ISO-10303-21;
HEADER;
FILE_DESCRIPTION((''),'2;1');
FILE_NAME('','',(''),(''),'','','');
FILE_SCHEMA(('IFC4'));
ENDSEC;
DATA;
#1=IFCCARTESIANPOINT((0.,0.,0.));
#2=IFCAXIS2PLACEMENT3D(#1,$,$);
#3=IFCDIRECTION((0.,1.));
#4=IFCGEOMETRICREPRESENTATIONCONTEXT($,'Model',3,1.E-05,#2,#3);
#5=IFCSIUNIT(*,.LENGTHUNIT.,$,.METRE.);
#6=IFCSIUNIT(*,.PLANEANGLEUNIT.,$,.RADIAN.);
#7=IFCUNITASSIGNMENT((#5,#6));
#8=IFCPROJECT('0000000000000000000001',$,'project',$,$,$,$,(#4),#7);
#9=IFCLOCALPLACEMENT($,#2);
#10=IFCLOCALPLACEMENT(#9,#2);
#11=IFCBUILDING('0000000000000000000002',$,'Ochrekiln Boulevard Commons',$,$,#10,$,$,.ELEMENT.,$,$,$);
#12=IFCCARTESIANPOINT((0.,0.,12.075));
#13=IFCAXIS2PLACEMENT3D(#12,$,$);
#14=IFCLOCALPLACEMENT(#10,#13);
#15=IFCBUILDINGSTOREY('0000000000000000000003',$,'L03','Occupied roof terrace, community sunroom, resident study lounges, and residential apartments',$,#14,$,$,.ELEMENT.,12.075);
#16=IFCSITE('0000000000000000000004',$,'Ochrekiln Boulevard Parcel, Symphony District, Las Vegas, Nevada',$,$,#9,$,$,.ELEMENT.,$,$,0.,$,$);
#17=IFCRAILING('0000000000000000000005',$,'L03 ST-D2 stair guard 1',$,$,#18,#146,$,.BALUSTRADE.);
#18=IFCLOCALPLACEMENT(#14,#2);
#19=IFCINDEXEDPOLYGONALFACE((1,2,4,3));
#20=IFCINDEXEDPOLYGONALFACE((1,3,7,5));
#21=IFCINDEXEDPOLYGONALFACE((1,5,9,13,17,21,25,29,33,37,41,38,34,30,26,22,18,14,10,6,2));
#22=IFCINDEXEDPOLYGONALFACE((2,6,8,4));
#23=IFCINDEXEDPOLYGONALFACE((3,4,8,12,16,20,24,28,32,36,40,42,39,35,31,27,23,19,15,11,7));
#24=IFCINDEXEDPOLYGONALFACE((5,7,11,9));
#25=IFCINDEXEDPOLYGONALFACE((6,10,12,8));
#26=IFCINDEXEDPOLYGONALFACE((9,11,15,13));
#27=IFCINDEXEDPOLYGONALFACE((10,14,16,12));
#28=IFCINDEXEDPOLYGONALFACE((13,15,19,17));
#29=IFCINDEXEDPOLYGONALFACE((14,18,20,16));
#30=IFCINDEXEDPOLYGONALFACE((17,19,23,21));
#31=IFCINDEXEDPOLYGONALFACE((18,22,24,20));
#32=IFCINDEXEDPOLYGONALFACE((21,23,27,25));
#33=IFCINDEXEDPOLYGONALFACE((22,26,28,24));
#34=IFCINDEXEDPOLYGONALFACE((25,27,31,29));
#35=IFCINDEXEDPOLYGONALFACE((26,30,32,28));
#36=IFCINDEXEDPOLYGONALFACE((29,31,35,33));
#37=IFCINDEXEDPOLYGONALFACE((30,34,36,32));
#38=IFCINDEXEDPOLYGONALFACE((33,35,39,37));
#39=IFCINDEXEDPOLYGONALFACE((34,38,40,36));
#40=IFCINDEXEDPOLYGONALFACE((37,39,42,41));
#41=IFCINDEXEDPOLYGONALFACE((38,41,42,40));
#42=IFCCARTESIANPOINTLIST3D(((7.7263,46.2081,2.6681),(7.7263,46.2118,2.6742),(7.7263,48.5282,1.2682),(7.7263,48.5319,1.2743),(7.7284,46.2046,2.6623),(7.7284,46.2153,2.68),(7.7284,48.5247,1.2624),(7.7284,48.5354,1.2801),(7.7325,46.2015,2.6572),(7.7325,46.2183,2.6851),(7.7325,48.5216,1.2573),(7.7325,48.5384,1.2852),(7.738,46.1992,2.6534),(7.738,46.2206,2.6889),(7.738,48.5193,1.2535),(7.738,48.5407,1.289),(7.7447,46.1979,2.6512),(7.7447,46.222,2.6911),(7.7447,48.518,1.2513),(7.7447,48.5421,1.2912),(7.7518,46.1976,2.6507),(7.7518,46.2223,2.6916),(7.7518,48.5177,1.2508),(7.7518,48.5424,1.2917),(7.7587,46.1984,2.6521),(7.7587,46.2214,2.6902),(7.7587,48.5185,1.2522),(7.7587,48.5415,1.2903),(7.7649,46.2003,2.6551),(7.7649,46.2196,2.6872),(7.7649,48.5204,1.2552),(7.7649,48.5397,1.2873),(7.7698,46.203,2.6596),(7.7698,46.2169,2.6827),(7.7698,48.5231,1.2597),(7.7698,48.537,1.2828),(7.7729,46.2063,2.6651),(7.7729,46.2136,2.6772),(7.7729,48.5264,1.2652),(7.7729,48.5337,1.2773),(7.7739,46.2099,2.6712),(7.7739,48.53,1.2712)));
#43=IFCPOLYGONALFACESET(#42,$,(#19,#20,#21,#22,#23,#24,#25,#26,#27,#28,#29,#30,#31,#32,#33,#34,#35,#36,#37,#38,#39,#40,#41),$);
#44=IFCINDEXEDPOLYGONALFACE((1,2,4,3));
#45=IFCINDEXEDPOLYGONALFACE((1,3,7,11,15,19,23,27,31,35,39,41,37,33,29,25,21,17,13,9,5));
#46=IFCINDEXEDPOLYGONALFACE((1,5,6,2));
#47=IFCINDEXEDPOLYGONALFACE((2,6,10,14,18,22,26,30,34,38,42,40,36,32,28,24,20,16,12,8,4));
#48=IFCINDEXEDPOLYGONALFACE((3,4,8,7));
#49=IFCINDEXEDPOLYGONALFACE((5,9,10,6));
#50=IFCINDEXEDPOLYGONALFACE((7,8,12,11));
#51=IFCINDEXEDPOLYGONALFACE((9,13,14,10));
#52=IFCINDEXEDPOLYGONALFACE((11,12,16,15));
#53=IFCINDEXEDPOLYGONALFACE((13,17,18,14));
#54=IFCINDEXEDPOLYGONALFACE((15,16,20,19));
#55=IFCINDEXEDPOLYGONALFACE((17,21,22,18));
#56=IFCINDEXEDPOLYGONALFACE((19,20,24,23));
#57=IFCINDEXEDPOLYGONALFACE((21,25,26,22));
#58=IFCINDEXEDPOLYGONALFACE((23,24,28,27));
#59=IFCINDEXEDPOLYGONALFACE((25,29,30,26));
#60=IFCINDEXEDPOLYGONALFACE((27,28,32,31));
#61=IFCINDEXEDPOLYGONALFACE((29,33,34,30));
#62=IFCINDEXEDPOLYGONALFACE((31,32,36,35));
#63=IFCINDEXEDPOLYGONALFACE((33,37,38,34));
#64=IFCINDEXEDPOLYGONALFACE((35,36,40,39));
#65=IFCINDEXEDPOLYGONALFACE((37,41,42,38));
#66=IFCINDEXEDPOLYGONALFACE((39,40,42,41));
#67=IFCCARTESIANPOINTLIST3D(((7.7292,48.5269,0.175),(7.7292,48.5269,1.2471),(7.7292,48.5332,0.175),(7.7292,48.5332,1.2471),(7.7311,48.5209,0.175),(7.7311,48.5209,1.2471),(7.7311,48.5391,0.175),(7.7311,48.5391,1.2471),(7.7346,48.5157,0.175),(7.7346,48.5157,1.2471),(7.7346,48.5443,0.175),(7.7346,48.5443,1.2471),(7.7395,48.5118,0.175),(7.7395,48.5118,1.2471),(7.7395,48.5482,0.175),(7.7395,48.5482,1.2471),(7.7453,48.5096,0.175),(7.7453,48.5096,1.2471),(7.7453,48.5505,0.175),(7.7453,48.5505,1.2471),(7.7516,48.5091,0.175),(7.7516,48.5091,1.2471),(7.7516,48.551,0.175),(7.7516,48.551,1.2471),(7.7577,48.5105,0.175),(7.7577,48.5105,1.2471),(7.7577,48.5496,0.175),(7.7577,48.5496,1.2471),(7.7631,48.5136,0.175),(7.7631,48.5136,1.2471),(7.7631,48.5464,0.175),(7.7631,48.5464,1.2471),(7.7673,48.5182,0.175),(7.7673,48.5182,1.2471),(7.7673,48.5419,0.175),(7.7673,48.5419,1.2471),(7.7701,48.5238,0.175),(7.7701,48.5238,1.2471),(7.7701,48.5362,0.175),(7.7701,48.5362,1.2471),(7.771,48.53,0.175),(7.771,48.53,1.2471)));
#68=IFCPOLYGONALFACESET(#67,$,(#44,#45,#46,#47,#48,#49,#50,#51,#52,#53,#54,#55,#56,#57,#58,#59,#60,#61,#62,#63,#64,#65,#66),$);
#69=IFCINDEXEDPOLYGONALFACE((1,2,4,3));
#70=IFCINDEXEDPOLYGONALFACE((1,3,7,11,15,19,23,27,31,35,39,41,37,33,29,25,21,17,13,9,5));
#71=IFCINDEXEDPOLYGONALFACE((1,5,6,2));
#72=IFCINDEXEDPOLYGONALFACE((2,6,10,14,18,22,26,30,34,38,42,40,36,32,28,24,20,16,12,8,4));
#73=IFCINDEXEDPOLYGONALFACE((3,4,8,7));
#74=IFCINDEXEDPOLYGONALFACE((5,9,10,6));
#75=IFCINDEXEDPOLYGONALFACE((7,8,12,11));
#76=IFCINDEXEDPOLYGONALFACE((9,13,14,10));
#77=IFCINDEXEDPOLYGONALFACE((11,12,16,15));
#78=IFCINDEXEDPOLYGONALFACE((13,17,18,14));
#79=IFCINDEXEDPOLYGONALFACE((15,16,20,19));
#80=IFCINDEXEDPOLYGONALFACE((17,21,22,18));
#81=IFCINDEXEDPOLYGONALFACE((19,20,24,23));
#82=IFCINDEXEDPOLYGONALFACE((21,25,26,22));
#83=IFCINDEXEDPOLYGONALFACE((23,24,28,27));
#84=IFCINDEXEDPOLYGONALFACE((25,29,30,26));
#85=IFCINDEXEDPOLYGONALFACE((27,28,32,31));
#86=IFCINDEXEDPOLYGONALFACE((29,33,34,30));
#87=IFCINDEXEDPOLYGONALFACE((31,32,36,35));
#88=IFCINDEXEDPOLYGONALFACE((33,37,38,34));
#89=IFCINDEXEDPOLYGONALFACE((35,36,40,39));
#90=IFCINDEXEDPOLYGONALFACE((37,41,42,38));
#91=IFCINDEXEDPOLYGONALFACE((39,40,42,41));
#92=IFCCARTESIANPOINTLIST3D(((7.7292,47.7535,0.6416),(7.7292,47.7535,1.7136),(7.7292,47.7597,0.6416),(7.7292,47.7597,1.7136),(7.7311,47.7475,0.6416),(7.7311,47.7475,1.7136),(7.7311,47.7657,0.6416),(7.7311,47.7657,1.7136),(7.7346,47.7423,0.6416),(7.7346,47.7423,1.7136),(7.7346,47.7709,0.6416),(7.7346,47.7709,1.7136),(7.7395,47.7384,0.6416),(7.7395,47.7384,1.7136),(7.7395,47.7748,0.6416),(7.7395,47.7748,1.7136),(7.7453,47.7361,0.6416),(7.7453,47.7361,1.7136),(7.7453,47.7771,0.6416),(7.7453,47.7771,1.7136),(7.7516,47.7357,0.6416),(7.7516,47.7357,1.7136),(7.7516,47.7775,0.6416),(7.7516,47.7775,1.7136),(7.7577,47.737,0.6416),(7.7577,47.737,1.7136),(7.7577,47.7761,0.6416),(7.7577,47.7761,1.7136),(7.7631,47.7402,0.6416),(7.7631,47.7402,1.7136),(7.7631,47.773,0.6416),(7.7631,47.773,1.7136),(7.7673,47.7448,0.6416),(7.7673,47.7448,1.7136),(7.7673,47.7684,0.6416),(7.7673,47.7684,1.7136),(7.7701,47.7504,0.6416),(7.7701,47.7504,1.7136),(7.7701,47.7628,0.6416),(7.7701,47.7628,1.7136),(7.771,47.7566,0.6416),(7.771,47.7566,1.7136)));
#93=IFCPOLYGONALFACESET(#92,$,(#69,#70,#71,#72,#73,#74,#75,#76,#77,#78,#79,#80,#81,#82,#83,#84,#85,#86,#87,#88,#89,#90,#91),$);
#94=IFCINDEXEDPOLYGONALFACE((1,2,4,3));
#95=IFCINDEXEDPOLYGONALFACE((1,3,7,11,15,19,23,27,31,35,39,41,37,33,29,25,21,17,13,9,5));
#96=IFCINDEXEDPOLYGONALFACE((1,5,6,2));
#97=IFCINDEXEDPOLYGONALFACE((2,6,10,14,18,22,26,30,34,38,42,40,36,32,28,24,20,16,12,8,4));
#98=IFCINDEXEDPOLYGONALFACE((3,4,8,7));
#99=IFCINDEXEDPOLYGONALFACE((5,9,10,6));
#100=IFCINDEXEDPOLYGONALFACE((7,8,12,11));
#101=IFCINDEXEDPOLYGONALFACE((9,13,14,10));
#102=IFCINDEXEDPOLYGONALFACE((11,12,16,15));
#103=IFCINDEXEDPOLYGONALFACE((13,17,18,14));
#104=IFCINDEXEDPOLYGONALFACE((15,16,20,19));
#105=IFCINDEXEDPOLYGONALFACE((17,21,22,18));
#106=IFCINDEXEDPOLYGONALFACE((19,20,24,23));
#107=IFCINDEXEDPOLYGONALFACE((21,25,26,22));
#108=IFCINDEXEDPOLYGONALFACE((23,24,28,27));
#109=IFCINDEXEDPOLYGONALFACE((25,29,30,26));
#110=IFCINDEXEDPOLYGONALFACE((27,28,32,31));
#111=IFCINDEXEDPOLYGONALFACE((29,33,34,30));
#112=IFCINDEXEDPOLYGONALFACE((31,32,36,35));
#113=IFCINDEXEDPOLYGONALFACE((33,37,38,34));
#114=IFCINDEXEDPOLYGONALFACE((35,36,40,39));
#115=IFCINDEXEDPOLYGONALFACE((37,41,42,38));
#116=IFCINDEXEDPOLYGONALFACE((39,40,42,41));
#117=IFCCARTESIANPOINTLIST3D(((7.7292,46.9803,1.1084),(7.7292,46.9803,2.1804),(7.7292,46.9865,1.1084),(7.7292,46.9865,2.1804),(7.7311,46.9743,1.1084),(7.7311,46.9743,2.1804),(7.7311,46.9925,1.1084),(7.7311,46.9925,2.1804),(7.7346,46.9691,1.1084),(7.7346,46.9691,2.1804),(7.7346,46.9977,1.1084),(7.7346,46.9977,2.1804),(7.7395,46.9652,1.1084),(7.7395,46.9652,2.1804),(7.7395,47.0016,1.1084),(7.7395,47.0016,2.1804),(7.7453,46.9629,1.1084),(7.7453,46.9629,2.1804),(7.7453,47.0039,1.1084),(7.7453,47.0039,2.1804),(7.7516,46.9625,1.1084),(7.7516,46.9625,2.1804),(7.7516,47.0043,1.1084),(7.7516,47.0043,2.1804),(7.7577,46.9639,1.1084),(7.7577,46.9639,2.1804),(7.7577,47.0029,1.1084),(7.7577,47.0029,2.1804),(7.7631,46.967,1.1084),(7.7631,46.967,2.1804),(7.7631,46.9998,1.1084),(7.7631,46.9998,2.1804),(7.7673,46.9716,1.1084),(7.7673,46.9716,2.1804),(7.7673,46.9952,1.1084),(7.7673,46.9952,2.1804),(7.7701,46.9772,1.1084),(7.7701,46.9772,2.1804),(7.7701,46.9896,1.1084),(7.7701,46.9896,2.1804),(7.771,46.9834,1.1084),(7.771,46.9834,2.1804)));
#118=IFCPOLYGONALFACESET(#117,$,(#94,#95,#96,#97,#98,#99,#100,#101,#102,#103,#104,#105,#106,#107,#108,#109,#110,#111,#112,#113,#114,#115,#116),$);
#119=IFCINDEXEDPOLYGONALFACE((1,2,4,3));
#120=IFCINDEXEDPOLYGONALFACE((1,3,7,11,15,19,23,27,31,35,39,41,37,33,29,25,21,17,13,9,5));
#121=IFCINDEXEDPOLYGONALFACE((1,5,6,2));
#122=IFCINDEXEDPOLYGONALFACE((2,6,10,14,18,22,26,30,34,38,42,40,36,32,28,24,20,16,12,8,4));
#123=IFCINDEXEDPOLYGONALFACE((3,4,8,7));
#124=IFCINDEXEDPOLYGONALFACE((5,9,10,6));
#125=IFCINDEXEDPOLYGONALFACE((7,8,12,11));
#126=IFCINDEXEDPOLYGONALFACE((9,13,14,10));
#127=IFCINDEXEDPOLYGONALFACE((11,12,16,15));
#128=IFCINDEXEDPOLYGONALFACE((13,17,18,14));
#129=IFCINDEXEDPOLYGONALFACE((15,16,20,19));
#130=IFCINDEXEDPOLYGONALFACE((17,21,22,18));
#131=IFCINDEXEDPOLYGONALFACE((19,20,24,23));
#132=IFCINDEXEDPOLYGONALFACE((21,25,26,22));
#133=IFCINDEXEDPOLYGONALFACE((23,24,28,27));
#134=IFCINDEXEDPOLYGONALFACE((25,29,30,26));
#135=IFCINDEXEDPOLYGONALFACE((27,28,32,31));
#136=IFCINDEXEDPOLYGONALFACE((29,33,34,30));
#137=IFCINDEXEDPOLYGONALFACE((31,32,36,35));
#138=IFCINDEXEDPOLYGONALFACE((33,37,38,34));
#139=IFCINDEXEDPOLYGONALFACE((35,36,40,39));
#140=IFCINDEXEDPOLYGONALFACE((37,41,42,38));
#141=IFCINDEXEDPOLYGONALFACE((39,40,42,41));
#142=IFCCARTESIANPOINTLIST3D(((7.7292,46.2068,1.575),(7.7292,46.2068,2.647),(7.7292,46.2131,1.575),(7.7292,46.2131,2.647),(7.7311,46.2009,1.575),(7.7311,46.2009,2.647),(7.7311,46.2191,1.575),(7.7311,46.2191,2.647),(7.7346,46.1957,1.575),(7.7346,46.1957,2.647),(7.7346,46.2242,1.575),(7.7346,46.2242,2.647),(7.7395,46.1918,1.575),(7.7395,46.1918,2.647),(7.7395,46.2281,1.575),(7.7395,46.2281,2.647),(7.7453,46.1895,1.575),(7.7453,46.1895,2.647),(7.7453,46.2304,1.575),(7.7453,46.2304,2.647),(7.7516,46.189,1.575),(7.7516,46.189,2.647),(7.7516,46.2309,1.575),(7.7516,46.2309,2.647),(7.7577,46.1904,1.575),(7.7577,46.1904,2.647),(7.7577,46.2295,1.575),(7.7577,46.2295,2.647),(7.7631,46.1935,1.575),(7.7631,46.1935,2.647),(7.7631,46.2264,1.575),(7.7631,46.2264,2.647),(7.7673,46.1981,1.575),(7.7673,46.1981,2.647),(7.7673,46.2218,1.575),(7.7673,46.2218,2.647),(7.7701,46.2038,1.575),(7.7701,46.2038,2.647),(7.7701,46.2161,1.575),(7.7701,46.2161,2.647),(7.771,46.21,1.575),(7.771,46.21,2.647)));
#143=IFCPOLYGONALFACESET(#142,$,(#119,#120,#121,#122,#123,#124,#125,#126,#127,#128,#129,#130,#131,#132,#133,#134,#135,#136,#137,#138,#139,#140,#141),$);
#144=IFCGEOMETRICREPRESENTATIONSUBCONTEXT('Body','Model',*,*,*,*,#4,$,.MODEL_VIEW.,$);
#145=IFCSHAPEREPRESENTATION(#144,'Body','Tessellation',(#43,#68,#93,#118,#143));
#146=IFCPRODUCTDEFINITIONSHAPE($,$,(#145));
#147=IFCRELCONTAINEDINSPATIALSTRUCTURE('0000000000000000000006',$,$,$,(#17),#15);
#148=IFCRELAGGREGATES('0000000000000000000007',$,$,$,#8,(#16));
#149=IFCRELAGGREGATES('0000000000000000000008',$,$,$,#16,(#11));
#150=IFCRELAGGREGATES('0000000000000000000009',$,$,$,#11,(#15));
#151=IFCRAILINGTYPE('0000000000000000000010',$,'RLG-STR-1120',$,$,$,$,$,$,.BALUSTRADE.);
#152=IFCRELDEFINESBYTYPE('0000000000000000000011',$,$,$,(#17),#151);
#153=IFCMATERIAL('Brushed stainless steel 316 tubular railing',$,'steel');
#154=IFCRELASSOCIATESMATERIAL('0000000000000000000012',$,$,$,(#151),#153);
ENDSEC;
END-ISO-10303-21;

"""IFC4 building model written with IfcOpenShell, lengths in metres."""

from ifc_helpers import new_model, si_unit, direction, frame, origin, origin_2d, place, context, subcontext, project, spatial, circle, extrude, material, type_object, element, save


model = new_model("IFC4")

# Units and contexts
model_context = context("Model", 3, precision=1e-05, world=origin(), true_north=direction((0.0, 1.0)))
body_context = subcontext(model_context, "Body", "Model", "MODEL_VIEW")
ifc_project = project(units=[si_unit("LENGTHUNIT", "METRE"), si_unit("PLANEANGLEUNIT", "RADIAN")], contexts=[model_context])

# Site, building, storey
site_placement = place(None, origin())
site = spatial("IfcSite", under=ifc_project, at=site_placement, Name="Ochrekiln Boulevard Parcel, Symphony District, Las Vegas, Nevada", CompositionType="ELEMENT", RefElevation=0.0)
building_placement = place(site_placement, origin())
building = spatial("IfcBuilding", under=site, at=building_placement, Name="Ochrekiln Boulevard Commons", CompositionType="ELEMENT")
storey_placement = place(building_placement, frame((0.0, 0.0, 12.075)))
storey = spatial("IfcBuildingStorey", under=building, at=storey_placement, Name="L03", Description="Occupied roof terrace, community sunroom, resident study lounges, and residential apartments", CompositionType="ELEMENT", Elevation=12.075)

# Railing
ifc_material_1 = material(Name="Brushed stainless steel 316 tubular railing", Category="steel")
railing_type_1 = type_object("IfcRailingType", Name="RLG-STR-1120", PredefinedType="BALUSTRADE", material=ifc_material_1)
railing_1_placement = place(storey_placement, frame((7.75, 48.53, 0.175)))
element("IfcRailing", 1, at=railing_1_placement, inside=storey, type_object=railing_type_1, Name="L03 ST-D2 stair guard 1", PredefinedType="BALUSTRADE", context=body_context, shape_type="SweptSolid", body=[
    extrude(circle(Radius=0.0239, at=origin_2d()), frame((0.0, 0.0, 1.0962), z_axis=(0.0, -0.85621, 0.516627), x_axis=(1.0, 0.0, 0.0)), (0.0, 0.0, 1.0), 2.7097),
    extrude(circle(Radius=0.021, at=origin_2d()), origin(), (0.0, 0.0, 1.0), 1.072),
    extrude(circle(Radius=0.021, at=origin_2d()), frame((0.0, -0.7734, 0.4666)), (0.0, 0.0, 1.0), 1.072),
    extrude(circle(Radius=0.021, at=origin_2d()), frame((0.0, -1.5466, 0.9333)), (0.0, 0.0, 1.0), 1.072),
    extrude(circle(Radius=0.021, at=origin_2d()), frame((0.0, -2.3201, 1.3999)), (0.0, 0.0, 1.0), 1.072),
])

save(model, "model.ifc")
